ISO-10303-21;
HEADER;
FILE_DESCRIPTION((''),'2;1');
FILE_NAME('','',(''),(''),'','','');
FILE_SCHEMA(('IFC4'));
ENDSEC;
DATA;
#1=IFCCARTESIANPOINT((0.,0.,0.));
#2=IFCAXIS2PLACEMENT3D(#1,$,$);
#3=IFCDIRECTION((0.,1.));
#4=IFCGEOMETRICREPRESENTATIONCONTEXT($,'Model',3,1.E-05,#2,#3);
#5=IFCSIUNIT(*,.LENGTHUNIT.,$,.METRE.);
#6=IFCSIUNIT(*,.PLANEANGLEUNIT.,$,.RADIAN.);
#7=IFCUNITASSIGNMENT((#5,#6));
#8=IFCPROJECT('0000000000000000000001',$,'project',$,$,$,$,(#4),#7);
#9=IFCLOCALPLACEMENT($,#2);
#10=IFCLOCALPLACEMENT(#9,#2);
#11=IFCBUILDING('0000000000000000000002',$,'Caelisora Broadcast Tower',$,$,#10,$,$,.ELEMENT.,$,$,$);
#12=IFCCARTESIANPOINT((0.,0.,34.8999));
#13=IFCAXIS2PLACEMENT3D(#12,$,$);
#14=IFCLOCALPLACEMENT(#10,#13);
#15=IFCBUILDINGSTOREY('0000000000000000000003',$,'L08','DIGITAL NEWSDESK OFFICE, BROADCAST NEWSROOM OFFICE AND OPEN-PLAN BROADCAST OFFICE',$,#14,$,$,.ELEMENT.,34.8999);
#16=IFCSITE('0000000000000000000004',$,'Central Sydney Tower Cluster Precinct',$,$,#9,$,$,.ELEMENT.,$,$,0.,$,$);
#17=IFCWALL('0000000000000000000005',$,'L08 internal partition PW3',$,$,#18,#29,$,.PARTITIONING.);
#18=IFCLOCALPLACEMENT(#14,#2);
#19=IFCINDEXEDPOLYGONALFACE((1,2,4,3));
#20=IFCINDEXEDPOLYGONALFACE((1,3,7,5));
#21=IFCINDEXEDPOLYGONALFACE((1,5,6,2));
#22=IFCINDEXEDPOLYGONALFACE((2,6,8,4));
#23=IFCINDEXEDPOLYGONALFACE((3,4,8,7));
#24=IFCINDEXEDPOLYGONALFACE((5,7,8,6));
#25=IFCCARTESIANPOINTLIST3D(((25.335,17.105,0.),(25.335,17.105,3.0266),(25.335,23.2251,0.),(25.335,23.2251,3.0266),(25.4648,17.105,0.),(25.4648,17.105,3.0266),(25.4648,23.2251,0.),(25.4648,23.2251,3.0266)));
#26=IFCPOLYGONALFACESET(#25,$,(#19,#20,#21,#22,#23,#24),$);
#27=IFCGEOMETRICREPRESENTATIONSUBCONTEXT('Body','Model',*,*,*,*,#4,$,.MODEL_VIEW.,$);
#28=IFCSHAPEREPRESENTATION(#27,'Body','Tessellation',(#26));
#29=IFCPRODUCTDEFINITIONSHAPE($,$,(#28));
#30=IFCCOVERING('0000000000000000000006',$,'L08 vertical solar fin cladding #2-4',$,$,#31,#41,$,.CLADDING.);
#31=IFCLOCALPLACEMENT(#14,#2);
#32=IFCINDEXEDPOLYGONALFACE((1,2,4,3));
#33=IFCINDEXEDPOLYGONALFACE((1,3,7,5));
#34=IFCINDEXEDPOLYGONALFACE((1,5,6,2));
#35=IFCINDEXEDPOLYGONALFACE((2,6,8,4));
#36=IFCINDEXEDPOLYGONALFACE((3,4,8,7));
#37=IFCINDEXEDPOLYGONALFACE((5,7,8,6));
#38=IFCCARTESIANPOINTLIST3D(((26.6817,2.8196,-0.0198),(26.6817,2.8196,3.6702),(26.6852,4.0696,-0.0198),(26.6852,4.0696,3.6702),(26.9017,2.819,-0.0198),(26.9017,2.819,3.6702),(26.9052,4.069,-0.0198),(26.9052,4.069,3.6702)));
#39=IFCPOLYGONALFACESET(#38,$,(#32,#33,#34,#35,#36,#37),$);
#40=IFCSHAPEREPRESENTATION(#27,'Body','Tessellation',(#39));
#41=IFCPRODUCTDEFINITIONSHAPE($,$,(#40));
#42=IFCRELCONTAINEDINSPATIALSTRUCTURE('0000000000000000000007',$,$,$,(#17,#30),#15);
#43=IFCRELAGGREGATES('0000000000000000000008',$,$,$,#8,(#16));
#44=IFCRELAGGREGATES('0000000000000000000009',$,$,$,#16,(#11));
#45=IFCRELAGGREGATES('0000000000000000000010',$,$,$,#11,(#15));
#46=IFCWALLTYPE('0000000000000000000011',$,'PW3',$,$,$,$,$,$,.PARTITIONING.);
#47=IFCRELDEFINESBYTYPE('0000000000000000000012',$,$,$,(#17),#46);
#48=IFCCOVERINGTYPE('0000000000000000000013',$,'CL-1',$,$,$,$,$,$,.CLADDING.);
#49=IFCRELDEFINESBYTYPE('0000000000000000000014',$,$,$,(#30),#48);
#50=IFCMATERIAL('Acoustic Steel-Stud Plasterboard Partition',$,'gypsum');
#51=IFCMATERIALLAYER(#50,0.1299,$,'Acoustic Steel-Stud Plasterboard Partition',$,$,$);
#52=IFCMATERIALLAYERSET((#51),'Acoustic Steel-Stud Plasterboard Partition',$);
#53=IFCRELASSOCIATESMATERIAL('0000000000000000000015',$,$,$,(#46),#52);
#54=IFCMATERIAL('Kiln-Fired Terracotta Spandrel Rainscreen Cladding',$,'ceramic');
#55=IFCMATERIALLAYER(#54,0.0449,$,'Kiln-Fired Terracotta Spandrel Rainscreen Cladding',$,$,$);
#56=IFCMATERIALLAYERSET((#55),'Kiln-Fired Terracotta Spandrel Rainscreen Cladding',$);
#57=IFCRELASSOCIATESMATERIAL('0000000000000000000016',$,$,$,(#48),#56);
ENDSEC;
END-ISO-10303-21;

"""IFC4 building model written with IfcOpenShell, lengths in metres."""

from ifc_helpers import new_model, si_unit, direction, frame, frame_2d, origin, origin_2d, place, context, subcontext, project, spatial, rectangle, extrude, source, transform, mapped, material, layer, layer_set, type_object, type_shapes, element, save


model = new_model("IFC4")

# Units and contexts
model_context = context("Model", 3, precision=1e-05, world=origin(), true_north=direction((0.0, 1.0)))
body_context = subcontext(model_context, "Body", "Model", "MODEL_VIEW")
ifc_project = project(units=[si_unit("LENGTHUNIT", "METRE"), si_unit("PLANEANGLEUNIT", "RADIAN")], contexts=[model_context])

# Site, building, storey
site_placement = place(None, origin())
site = spatial("IfcSite", under=ifc_project, at=site_placement, Name="Central Sydney Tower Cluster Precinct", CompositionType="ELEMENT", RefElevation=0.0)
building_placement = place(site_placement, origin())
building = spatial("IfcBuilding", under=site, at=building_placement, Name="Caelisora Broadcast Tower", CompositionType="ELEMENT")
storey_placement = place(building_placement, frame((0.0, 0.0, 34.8999)))
storey = spatial("IfcBuildingStorey", under=building, at=storey_placement, Name="L08", Description="DIGITAL NEWSDESK OFFICE, BROADCAST NEWSROOM OFFICE AND OPEN-PLAN BROADCAST OFFICE", CompositionType="ELEMENT", Elevation=34.8999)

# Wall
ifc_material_1 = material(Name="Acoustic Steel-Stud Plasterboard Partition", Category="gypsum")
ifc_layer_1 = layer(ifc_material_1, 0.1299, Name="Acoustic Steel-Stud Plasterboard Partition")
ifc_layer_set_1 = layer_set([ifc_layer_1], Name="Acoustic Steel-Stud Plasterboard Partition")
wall_type_1 = type_object("IfcWallType", Name="PW3", PredefinedType="PARTITIONING", material=ifc_layer_set_1)
wall_1_placement = place(storey_placement, frame((25.3999, 17.105, 0.0), z_axis=(0.0, 0.0, 1.0), x_axis=(0.0, 1.0, 0.0)))
element("IfcWall", 1, at=wall_1_placement, inside=storey, type_object=wall_type_1, Name="L08 internal partition PW3", PredefinedType="PARTITIONING", context=body_context, shape_type="SweptSolid", body=[
    extrude(rectangle(XDim=6.1201, YDim=0.1299, at=frame_2d((3.0601, 0.0))), origin(), (0.0, 0.0, 1.0), 3.0266),
])

# Covering
ifc_material_2 = material(Name="Kiln-Fired Terracotta Spandrel Rainscreen Cladding", Category="ceramic")
ifc_layer_2 = layer(ifc_material_2, 0.0449, Name="Kiln-Fired Terracotta Spandrel Rainscreen Cladding")
ifc_layer_set_2 = layer_set([ifc_layer_2], Name="Kiln-Fired Terracotta Spandrel Rainscreen Cladding")
covering_type = type_object("IfcCoveringType", Name="CL-1", PredefinedType="CLADDING", material=ifc_layer_set_2)
shared_shape_1 = source(origin(), body_context, "Body", "SweptSolid", [
    extrude(rectangle(XDim=0.22, YDim=1.25, at=origin_2d()), origin(), (0.0, 0.0, 1.0), 3.6899),
])
type_shapes(covering_type, [shared_shape_1])
covering_placement = place(storey_placement, frame((26.7935, 3.4443, -0.0198), z_axis=(0.0, 0.0, 1.0), x_axis=(-0.999996, 0.002793, 0.0)))
element("IfcCovering", 2, at=covering_placement, inside=storey, type_object=covering_type, Name="L08 vertical solar fin cladding #2-4", PredefinedType="CLADDING", context=body_context, shape_type="MappedRepresentation", body=[
    mapped(shared_shape_1, transform((0.0, 0.0, 0.0), scale=1.0)),
])

save(model, "model.ifc")
